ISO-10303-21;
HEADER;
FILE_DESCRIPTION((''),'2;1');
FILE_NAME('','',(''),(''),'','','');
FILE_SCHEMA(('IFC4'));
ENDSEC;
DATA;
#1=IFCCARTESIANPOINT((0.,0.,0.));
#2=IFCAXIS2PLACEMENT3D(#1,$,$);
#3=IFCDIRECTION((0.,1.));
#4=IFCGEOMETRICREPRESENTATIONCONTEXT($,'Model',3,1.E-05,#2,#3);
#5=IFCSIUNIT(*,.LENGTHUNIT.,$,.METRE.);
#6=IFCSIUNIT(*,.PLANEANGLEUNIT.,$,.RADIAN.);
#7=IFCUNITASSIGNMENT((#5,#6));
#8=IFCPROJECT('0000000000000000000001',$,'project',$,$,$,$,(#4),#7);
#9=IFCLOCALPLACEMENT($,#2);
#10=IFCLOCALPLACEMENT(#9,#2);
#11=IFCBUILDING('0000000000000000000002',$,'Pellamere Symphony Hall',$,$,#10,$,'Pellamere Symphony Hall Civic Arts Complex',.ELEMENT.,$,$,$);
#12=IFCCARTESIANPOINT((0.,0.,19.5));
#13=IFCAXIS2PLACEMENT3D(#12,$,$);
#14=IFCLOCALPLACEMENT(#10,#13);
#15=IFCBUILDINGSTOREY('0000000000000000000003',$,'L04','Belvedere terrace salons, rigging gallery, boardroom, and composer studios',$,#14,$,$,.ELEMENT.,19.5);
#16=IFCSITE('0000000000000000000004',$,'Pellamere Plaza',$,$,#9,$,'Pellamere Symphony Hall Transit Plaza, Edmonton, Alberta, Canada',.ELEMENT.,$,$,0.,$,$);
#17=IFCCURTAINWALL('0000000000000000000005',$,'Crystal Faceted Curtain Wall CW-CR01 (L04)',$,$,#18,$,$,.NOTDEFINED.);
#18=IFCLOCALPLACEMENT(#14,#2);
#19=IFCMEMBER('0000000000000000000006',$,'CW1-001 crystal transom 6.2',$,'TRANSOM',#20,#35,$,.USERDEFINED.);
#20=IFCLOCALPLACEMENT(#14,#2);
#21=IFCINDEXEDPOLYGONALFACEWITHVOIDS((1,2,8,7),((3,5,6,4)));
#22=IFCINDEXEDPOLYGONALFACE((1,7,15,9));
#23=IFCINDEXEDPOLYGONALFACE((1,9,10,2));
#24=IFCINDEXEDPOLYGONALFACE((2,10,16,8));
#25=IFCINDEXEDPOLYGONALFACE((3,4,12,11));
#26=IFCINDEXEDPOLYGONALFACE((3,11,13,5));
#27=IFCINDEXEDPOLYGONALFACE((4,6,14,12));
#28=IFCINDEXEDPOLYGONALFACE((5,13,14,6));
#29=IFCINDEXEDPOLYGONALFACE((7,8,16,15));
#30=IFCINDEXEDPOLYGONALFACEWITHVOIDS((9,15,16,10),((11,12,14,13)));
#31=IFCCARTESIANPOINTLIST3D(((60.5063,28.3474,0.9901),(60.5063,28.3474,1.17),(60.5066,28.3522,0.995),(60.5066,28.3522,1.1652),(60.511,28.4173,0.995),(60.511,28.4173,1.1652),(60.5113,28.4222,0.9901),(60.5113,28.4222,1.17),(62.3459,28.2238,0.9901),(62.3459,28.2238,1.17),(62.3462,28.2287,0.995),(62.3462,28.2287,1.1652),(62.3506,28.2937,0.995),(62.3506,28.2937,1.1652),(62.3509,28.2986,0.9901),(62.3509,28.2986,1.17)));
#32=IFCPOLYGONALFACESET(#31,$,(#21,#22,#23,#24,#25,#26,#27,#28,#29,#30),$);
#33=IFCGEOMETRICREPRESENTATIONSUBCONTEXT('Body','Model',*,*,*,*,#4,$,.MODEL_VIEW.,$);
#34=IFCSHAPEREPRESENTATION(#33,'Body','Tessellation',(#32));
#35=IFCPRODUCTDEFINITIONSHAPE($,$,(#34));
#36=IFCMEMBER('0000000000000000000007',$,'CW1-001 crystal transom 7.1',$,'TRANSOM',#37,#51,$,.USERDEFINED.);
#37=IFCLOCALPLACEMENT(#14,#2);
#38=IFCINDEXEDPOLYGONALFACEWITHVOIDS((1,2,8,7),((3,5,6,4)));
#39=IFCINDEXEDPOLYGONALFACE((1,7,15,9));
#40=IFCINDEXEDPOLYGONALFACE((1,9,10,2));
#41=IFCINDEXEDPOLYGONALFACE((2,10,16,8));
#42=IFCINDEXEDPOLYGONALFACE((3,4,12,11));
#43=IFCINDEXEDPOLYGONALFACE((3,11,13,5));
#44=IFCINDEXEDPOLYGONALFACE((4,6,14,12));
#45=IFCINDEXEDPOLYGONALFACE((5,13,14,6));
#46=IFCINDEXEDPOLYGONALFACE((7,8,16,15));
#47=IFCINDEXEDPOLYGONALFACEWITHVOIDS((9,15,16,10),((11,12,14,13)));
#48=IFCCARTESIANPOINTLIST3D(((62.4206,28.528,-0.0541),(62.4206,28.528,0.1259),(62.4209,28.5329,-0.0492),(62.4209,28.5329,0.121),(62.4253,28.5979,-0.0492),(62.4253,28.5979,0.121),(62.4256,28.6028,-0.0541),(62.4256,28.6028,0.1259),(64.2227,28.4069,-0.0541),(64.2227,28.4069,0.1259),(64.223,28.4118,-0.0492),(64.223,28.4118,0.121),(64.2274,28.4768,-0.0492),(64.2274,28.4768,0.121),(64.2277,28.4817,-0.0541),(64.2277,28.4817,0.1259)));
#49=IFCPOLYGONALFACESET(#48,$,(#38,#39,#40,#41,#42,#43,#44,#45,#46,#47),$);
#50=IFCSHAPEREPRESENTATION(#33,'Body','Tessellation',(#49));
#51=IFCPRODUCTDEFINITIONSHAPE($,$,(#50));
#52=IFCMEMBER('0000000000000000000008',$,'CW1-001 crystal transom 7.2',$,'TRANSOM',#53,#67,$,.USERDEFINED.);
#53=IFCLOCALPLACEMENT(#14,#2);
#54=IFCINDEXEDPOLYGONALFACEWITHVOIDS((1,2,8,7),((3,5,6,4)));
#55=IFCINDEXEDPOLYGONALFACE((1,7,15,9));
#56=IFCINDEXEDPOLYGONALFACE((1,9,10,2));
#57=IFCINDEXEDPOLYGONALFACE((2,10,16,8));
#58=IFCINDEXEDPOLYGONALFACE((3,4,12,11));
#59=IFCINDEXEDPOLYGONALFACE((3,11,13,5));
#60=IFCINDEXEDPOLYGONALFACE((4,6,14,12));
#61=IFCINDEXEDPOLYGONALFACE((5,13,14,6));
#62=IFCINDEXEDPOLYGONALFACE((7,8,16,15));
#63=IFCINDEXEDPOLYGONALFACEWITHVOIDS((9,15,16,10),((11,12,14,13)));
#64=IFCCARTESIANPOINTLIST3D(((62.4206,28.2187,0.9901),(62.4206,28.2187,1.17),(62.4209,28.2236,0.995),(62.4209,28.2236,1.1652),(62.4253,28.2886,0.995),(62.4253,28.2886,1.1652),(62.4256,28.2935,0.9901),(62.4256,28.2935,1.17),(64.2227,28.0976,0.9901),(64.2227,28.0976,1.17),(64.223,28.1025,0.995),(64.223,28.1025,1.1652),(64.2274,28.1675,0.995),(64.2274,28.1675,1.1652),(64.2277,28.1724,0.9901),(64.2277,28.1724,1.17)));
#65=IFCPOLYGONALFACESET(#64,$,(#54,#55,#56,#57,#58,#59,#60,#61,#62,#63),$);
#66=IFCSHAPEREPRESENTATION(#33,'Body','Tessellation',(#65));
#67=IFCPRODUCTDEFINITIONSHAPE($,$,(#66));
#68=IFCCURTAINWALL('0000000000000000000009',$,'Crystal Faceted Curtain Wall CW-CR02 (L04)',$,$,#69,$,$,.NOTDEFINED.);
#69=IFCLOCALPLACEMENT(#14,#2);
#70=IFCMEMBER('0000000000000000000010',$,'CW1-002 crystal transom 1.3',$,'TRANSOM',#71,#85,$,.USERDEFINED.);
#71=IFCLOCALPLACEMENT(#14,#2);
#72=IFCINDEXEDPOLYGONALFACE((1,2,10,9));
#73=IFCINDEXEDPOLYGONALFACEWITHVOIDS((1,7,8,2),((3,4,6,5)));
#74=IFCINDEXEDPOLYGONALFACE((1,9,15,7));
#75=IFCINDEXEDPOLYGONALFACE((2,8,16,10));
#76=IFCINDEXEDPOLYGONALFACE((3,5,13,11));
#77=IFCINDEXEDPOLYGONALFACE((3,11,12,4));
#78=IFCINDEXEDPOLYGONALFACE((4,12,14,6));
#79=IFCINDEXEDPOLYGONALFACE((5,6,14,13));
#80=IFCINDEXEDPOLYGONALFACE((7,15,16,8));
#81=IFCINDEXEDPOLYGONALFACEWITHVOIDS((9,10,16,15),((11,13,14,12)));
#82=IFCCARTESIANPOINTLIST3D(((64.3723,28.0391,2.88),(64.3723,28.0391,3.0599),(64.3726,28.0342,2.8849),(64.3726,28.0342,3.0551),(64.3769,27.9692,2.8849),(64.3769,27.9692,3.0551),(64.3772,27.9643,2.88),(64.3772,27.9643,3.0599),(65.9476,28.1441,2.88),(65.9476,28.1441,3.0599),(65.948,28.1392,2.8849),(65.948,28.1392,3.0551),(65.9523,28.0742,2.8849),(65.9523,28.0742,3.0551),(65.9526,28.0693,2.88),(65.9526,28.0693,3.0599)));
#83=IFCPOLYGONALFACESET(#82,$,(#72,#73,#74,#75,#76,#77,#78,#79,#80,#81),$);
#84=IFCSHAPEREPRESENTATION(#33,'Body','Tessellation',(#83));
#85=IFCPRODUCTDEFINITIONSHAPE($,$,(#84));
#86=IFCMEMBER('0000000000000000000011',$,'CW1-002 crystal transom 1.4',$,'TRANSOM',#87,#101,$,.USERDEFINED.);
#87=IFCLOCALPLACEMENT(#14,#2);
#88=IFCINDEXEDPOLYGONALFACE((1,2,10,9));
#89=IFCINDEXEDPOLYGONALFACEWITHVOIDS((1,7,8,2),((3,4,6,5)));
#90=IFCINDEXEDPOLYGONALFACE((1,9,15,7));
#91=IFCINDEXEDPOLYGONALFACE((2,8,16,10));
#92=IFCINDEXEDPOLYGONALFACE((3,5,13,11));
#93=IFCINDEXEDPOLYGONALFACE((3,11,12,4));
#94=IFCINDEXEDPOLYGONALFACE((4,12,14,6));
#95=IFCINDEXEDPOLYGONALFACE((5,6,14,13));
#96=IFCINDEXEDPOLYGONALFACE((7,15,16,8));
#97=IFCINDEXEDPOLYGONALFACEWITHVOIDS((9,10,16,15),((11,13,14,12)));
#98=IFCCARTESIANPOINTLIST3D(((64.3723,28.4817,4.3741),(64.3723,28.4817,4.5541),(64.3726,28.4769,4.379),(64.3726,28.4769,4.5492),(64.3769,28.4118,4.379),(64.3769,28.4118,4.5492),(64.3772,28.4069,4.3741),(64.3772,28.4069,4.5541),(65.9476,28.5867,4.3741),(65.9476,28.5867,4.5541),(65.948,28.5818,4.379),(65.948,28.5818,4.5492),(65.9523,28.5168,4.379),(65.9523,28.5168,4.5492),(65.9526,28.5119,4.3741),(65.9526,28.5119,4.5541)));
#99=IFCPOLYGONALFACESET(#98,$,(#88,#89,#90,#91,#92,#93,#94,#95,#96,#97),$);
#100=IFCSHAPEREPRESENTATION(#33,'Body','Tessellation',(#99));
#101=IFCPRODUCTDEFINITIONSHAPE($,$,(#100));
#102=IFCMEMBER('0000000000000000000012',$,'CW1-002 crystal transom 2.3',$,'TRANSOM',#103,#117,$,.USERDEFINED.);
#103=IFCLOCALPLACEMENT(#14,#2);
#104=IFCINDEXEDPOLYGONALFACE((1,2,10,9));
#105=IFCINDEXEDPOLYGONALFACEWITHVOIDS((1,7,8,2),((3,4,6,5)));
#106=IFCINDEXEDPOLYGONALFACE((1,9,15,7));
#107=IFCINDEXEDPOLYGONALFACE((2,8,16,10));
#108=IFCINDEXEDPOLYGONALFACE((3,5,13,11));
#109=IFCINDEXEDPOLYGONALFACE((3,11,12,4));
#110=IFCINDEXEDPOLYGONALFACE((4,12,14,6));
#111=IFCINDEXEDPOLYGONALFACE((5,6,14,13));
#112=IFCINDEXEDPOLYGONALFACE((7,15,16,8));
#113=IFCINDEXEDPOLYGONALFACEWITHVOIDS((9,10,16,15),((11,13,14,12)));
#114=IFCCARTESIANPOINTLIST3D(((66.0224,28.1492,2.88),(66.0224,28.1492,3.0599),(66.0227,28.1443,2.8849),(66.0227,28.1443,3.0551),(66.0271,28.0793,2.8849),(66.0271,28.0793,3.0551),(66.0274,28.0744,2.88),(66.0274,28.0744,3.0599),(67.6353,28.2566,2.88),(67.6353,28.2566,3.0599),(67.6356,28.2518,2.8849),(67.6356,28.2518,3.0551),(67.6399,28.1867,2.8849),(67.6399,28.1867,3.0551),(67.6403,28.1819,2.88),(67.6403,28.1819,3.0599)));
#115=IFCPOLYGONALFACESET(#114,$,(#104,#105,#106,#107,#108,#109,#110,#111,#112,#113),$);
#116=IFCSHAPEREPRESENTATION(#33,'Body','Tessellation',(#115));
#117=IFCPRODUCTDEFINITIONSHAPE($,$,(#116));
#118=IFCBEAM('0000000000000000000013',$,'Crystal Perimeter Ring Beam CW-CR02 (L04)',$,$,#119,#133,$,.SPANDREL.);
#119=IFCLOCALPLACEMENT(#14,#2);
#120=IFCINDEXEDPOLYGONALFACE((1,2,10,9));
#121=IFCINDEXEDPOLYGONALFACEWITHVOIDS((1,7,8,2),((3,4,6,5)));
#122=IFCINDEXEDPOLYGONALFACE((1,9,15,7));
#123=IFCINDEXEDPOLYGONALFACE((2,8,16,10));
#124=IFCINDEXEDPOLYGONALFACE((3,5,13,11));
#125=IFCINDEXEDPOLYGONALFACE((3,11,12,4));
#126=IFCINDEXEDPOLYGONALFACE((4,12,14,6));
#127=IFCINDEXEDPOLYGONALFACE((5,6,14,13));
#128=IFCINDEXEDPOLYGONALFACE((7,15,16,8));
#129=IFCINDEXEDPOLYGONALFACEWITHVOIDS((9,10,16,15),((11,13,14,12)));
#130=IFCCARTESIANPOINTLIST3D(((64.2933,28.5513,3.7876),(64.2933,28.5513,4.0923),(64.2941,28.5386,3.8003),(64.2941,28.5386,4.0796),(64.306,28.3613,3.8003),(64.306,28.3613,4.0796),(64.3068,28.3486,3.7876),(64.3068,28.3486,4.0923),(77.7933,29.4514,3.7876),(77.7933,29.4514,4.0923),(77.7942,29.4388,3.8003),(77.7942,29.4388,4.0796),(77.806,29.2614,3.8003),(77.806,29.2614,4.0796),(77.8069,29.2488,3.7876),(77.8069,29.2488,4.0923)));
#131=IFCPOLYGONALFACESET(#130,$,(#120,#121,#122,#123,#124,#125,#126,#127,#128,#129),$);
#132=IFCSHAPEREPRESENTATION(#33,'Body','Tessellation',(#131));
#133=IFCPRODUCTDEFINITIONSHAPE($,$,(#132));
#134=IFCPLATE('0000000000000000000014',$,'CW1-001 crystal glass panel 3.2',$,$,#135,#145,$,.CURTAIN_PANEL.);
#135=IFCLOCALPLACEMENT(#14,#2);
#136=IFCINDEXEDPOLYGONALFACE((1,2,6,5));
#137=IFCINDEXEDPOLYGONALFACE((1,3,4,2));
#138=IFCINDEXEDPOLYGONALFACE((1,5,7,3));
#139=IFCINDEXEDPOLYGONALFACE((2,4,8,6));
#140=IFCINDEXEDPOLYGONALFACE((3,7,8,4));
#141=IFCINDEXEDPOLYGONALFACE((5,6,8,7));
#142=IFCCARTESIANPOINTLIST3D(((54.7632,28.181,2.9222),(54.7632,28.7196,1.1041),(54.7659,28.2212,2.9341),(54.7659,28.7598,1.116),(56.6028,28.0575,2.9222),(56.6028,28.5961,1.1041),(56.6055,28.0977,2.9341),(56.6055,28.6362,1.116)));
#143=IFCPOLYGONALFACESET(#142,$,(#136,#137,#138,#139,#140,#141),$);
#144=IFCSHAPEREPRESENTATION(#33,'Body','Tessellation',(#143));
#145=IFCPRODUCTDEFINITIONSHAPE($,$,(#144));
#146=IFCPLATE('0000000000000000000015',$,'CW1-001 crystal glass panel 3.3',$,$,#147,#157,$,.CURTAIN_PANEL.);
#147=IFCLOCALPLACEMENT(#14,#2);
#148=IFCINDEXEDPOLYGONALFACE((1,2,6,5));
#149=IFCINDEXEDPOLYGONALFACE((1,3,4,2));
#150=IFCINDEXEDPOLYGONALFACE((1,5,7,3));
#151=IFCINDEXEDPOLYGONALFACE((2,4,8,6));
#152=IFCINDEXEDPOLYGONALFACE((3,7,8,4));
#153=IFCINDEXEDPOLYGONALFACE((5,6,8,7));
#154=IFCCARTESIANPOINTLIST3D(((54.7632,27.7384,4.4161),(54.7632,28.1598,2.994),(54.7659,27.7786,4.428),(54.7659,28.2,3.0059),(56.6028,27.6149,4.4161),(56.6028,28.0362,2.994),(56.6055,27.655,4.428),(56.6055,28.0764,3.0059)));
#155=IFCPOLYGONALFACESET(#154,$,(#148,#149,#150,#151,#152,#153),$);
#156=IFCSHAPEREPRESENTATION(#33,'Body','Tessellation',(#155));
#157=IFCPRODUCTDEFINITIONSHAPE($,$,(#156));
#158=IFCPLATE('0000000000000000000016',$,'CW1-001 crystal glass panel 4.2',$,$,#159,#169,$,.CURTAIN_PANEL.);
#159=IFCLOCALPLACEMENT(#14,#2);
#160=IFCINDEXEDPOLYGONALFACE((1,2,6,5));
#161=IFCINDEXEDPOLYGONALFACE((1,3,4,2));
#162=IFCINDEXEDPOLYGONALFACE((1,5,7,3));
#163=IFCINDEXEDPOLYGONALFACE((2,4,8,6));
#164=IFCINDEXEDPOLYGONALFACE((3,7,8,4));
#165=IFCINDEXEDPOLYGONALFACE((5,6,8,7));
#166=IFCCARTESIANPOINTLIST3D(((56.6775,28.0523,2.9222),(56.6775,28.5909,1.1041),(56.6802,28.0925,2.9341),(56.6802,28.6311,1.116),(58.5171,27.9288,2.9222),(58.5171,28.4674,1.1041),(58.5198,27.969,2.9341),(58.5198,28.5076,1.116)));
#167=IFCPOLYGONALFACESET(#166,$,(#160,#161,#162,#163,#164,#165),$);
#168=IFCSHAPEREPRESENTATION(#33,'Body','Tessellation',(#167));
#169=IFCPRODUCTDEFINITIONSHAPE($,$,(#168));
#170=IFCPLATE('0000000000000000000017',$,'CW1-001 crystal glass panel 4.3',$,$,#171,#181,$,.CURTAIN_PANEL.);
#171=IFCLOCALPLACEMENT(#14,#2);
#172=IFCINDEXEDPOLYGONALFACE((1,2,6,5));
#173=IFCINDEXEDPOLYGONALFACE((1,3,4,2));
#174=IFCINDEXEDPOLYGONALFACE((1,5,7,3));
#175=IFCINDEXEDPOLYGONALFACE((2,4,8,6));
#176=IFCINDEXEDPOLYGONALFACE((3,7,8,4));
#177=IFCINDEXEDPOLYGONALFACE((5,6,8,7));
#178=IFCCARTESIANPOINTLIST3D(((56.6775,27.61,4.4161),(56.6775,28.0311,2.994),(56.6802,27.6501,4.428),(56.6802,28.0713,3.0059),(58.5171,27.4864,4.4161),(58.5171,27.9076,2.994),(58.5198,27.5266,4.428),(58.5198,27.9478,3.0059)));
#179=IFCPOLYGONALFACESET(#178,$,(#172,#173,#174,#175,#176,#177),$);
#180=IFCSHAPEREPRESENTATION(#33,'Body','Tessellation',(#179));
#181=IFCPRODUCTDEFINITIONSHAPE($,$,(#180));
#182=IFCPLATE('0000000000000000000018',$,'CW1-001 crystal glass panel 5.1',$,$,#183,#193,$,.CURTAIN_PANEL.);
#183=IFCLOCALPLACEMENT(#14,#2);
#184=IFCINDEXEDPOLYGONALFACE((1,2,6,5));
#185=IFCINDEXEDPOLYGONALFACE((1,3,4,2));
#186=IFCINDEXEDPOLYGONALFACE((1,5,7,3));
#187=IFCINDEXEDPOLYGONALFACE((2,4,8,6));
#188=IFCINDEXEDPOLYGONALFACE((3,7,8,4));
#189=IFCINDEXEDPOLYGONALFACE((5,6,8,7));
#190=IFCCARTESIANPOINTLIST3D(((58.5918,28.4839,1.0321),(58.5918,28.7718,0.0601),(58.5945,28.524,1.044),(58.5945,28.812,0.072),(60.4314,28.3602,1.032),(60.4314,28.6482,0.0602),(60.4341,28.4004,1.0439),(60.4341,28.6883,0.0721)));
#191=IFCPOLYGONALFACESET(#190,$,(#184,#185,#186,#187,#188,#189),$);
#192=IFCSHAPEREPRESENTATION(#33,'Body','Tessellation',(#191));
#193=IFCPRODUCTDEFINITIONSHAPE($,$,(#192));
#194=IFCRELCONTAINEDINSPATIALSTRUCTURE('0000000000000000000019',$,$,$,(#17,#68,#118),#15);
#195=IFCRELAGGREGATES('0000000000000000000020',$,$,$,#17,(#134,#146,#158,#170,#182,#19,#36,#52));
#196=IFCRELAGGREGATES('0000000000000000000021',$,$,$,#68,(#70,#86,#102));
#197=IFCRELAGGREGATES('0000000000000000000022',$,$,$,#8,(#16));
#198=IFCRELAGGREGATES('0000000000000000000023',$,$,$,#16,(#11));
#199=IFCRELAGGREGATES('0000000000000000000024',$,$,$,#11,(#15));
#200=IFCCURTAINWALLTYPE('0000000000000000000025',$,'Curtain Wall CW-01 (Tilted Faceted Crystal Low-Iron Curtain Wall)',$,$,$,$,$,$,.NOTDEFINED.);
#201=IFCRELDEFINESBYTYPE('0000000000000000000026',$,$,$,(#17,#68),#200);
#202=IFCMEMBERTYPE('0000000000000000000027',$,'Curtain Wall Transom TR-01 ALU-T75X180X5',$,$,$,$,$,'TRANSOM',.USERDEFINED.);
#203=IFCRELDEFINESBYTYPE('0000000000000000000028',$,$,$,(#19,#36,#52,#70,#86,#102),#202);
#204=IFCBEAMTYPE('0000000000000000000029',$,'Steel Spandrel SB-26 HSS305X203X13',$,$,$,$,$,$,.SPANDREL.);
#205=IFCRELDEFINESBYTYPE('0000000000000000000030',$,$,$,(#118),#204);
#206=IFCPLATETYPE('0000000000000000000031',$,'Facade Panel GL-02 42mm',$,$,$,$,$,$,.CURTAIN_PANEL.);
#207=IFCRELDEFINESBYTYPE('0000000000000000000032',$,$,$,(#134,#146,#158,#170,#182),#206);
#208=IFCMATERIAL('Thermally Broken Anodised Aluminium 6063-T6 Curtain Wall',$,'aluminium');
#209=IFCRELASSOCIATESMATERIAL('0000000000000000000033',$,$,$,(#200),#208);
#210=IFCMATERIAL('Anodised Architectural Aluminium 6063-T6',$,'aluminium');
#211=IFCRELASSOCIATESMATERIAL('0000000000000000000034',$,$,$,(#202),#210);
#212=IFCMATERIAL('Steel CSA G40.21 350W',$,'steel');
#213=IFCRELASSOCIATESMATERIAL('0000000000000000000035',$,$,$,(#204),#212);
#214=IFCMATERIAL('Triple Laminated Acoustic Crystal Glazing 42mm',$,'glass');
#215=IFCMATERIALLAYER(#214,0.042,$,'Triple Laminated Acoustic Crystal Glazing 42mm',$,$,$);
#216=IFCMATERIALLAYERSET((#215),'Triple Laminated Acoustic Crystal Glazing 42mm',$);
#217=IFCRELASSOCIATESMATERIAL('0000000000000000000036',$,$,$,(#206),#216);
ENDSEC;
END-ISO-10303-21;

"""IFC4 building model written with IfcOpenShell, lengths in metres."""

from ifc_helpers import new_model, si_unit, direction, frame, origin, origin_2d, place, context, subcontext, project, spatial, polyline, hollow_rectangle, outline, extrude, material, layer, layer_set, material_profile, profile_set, type_object, element, aggregate, save


model = new_model("IFC4")

# Units and contexts
model_context = context("Model", 3, precision=1e-05, world=origin(), true_north=direction((0.0, 1.0)))
body_context = subcontext(model_context, "Body", "Model", "MODEL_VIEW")
ifc_project = project(units=[si_unit("LENGTHUNIT", "METRE"), si_unit("PLANEANGLEUNIT", "RADIAN")], contexts=[model_context])

# Site, building, storey
site_placement = place(None, origin())
site = spatial("IfcSite", under=ifc_project, at=site_placement, Name="Pellamere Plaza", LongName="Pellamere Symphony Hall Transit Plaza, Edmonton, Alberta, Canada", CompositionType="ELEMENT", RefElevation=0.0)
building_placement = place(site_placement, origin())
building = spatial("IfcBuilding", under=site, at=building_placement, Name="Pellamere Symphony Hall", LongName="Pellamere Symphony Hall Civic Arts Complex", CompositionType="ELEMENT")
storey_placement = place(building_placement, frame((0.0, 0.0, 19.5)))
storey = spatial("IfcBuildingStorey", under=building, at=storey_placement, Name="L04", Description="Belvedere terrace salons, rigging gallery, boardroom, and composer studios", CompositionType="ELEMENT", Elevation=19.5)

# Curtain walls, members
ifc_material_1 = material(Name="Thermally Broken Anodised Aluminium 6063-T6 Curtain Wall", Category="aluminium")
curtain_wall_type = type_object("IfcCurtainWallType", Name="Curtain Wall CW-01 (Tilted Faceted Crystal Low-Iron Curtain Wall)", PredefinedType="NOTDEFINED", material=ifc_material_1)
curtain_wall_1_placement = place(storey_placement, origin())
curtain_wall_1 = element("IfcCurtainWall", 1, at=curtain_wall_1_placement, inside=storey, type_object=curtain_wall_type, Name="Crystal Faceted Curtain Wall CW-CR01 (L04)", PredefinedType="NOTDEFINED")
ifc_material_2 = material(Name="Anodised Architectural Aluminium 6063-T6", Category="aluminium")
ifc_material_profile_1 = material_profile(ifc_material_2, hollow_rectangle(XDim=0.075, YDim=0.1799, WallThickness=0.0049, at=origin_2d()), Name="ALU-T75X180X5")
ifc_profile_set_1 = profile_set([ifc_material_profile_1], Name="Anodised Architectural Aluminium 6063-T6")
member_type_1 = type_object("IfcMemberType", Name="Curtain Wall Transom TR-01 ALU-T75X180X5", ElementType="TRANSOM", PredefinedType="USERDEFINED", material=ifc_profile_set_1)
member_1_placement = place(storey_placement, frame((60.5088, 28.3848, 1.0801), z_axis=(0.997753, -0.067002, 0.0), x_axis=(0.067002, 0.997753, 0.0)))
member_1 = element("IfcMember", 2, at=member_1_placement, type_object=member_type_1, Name="CW1-001 crystal transom 6.2", ObjectType="TRANSOM", PredefinedType="USERDEFINED", context=body_context, shape_type="SweptSolid", body=[
    extrude(hollow_rectangle(XDim=0.075, YDim=0.1799, WallThickness=0.0049, at=origin_2d()), origin(), (0.0, 0.0, 1.0), 1.8438),
])
member_2_placement = place(storey_placement, frame((62.4231, 28.5654, 0.0359), z_axis=(0.99775, -0.067048, 0.0), x_axis=(0.067048, 0.99775, 0.0)))
member_2 = element("IfcMember", 3, at=member_2_placement, type_object=member_type_1, Name="CW1-001 crystal transom 7.1", ObjectType="TRANSOM", PredefinedType="USERDEFINED", context=body_context, shape_type="SweptSolid", body=[
    extrude(hollow_rectangle(XDim=0.075, YDim=0.1799, WallThickness=0.0049, at=origin_2d()), origin(), (0.0, 0.0, 1.0), 1.8062),
])
member_3_placement = place(storey_placement, frame((62.4231, 28.2561, 1.0801), z_axis=(0.99775, -0.067048, 0.0), x_axis=(0.067048, 0.99775, 0.0)))
member_3 = element("IfcMember", 4, at=member_3_placement, type_object=member_type_1, Name="CW1-001 crystal transom 7.2", ObjectType="TRANSOM", PredefinedType="USERDEFINED", context=body_context, shape_type="SweptSolid", body=[
    extrude(hollow_rectangle(XDim=0.075, YDim=0.1799, WallThickness=0.0049, at=origin_2d()), origin(), (0.0, 0.0, 1.0), 1.8062),
])
curtain_wall_2_placement = place(storey_placement, origin())
curtain_wall_2 = element("IfcCurtainWall", 5, at=curtain_wall_2_placement, inside=storey, type_object=curtain_wall_type, Name="Crystal Faceted Curtain Wall CW-CR02 (L04)", PredefinedType="NOTDEFINED")
member_4_placement = place(storey_placement, frame((64.3748, 28.0017, 2.97), z_axis=(0.997787, 0.066488, 0.0), x_axis=(-0.066488, 0.997787, 0.0)))
member_4 = element("IfcMember", 6, at=member_4_placement, type_object=member_type_1, Name="CW1-002 crystal transom 1.3", ObjectType="TRANSOM", PredefinedType="USERDEFINED", context=body_context, shape_type="SweptSolid", body=[
    extrude(hollow_rectangle(XDim=0.075, YDim=0.1799, WallThickness=0.0049, at=origin_2d()), origin(), (0.0, 0.0, 1.0), 1.5789),
])
member_5_placement = place(storey_placement, frame((64.3748, 28.4443, 4.4641), z_axis=(0.997787, 0.066488, 0.0), x_axis=(-0.066488, 0.997787, 0.0)))
member_5 = element("IfcMember", 7, at=member_5_placement, type_object=member_type_1, Name="CW1-002 crystal transom 1.4", ObjectType="TRANSOM", PredefinedType="USERDEFINED", context=body_context, shape_type="SweptSolid", body=[
    extrude(hollow_rectangle(XDim=0.075, YDim=0.1799, WallThickness=0.0049, at=origin_2d()), origin(), (0.0, 0.0, 1.0), 1.5789),
])
member_6_placement = place(storey_placement, frame((66.0249, 28.1118, 2.97), z_axis=(0.997789, 0.066459, 0.0), x_axis=(-0.066459, 0.997789, 0.0)))
member_6 = element("IfcMember", 8, at=member_6_placement, type_object=member_type_1, Name="CW1-002 crystal transom 2.3", ObjectType="TRANSOM", PredefinedType="USERDEFINED", context=body_context, shape_type="SweptSolid", body=[
    extrude(hollow_rectangle(XDim=0.075, YDim=0.1799, WallThickness=0.0049, at=origin_2d()), origin(), (0.0, 0.0, 1.0), 1.6165),
])

# Beam
ifc_material_3 = material(Name="Steel CSA G40.21 350W", Category="steel")
ifc_material_profile_2 = material_profile(ifc_material_3, hollow_rectangle(XDim=0.2031, YDim=0.3047, WallThickness=0.0127, at=origin_2d()), Name="HSS305X203X13")
ifc_profile_set_2 = profile_set([ifc_material_profile_2], Name="Steel CSA G40.21 350W")
beam_type = type_object("IfcBeamType", Name="Steel Spandrel SB-26 HSS305X203X13", PredefinedType="SPANDREL", material=ifc_profile_set_2)
beam_placement = place(storey_placement, frame((64.3, 28.45, 3.9399), z_axis=(0.997784, 0.06653, 0.0), x_axis=(-0.06653, 0.997784, 0.0)))
element("IfcBeam", 9, at=beam_placement, inside=storey, type_object=beam_type, Name="Crystal Perimeter Ring Beam CW-CR02 (L04)", PredefinedType="SPANDREL", context=body_context, shape_type="SweptSolid", body=[
    extrude(hollow_rectangle(XDim=0.2031, YDim=0.3047, WallThickness=0.0127, at=origin_2d()), origin(), (0.0, 0.0, 1.0), 13.53),
])

# Plates
ifc_material_4 = material(Name="Triple Laminated Acoustic Crystal Glazing 42mm", Category="glass")
ifc_layer_1 = layer(ifc_material_4, 0.042, Name="Triple Laminated Acoustic Crystal Glazing 42mm")
ifc_layer_set_1 = layer_set([ifc_layer_1], Name="Triple Laminated Acoustic Crystal Glazing 42mm")
plate_type_1 = type_object("IfcPlateType", Name="Facade Panel GL-02 42mm", PredefinedType="CURTAIN_PANEL", material=ifc_layer_set_1)
plate_1_placement = place(storey_placement, frame((54.7659, 28.7598, 1.116), z_axis=(0.064255, 0.956835, 0.28344), x_axis=(0.997753, -0.067002, 0.0)))
plate_1 = element("IfcPlate", 10, at=plate_1_placement, type_object=plate_type_1, Name="CW1-001 crystal glass panel 3.2", PredefinedType="CURTAIN_PANEL", context=body_context, shape_type="SweptSolid", body=[
    extrude(outline(polyline([(0.0, 0.0), (1.8437, 0.0), (1.8798, -1.8959), (0.0361, -1.8959), (0.0, 0.0)])), origin(), (0.0, 0.0, -1.0), 0.042),
])
plate_2_placement = place(storey_placement, frame((54.7659, 28.2, 3.0059), z_axis=(0.064253, 0.956814, 0.283512), x_axis=(0.997753, -0.067002, 0.0)))
plate_2 = element("IfcPlate", 11, at=plate_2_placement, type_object=plate_type_1, Name="CW1-001 crystal glass panel 3.3", PredefinedType="CURTAIN_PANEL", context=body_context, shape_type="SweptSolid", body=[
    extrude(outline(polyline([(0.0, 0.0), (1.8437, 0.0), (1.872, -1.483), (0.0282, -1.483), (0.0, 0.0)])), origin(), (0.0, 0.0, -1.0), 0.042),
])
plate_3_placement = place(storey_placement, frame((56.6802, 28.6311, 1.116), z_axis=(0.064255, 0.956835, 0.28344), x_axis=(0.997753, -0.067002, 0.0)))
plate_3 = element("IfcPlate", 12, at=plate_3_placement, type_object=plate_type_1, Name="CW1-001 crystal glass panel 4.2", PredefinedType="CURTAIN_PANEL", context=body_context, shape_type="SweptSolid", body=[
    extrude(outline(polyline([(0.0, 0.0), (1.8437, 0.0), (1.8798, -1.8959), (0.0361, -1.8959), (0.0, 0.0)])), origin(), (0.0, 0.0, -1.0), 0.042),
])
plate_4_placement = place(storey_placement, frame((56.6802, 28.0713, 3.0059), z_axis=(0.064256, 0.956858, 0.283361), x_axis=(0.997753, -0.067002, 0.0)))
plate_4 = element("IfcPlate", 13, at=plate_4_placement, type_object=plate_type_1, Name="CW1-001 crystal glass panel 4.3", PredefinedType="CURTAIN_PANEL", context=body_context, shape_type="SweptSolid", body=[
    extrude(outline(polyline([(0.0, 0.0), (1.8437, 0.0), (1.872, -1.4829), (0.0282, -1.4829), (0.0, 0.0)])), origin(), (0.0, 0.0, -1.0), 0.042),
])
plate_5_placement = place(storey_placement, frame((58.5945, 28.812, 0.072), z_axis=(0.064317, 0.956817, 0.283488), x_axis=(0.997748, -0.067074, 0.000018)))
plate_5 = element("IfcPlate", 14, at=plate_5_placement, type_object=plate_type_1, Name="CW1-001 crystal glass panel 5.1", PredefinedType="CURTAIN_PANEL", context=body_context, shape_type="SweptSolid", body=[
    extrude(outline(polyline([(0.0, 0.0), (1.8438, 0.0), (1.8631, -1.0135), (0.0193, -1.0135), (0.0, 0.0)])), origin(), (0.0, 0.0, -1.0), 0.042),
])
aggregate(curtain_wall_1, [plate_1, plate_2, plate_3, plate_4, plate_5, member_1, member_2, member_3])
aggregate(curtain_wall_2, [member_4, member_5, member_6])

save(model, "model.ifc")
